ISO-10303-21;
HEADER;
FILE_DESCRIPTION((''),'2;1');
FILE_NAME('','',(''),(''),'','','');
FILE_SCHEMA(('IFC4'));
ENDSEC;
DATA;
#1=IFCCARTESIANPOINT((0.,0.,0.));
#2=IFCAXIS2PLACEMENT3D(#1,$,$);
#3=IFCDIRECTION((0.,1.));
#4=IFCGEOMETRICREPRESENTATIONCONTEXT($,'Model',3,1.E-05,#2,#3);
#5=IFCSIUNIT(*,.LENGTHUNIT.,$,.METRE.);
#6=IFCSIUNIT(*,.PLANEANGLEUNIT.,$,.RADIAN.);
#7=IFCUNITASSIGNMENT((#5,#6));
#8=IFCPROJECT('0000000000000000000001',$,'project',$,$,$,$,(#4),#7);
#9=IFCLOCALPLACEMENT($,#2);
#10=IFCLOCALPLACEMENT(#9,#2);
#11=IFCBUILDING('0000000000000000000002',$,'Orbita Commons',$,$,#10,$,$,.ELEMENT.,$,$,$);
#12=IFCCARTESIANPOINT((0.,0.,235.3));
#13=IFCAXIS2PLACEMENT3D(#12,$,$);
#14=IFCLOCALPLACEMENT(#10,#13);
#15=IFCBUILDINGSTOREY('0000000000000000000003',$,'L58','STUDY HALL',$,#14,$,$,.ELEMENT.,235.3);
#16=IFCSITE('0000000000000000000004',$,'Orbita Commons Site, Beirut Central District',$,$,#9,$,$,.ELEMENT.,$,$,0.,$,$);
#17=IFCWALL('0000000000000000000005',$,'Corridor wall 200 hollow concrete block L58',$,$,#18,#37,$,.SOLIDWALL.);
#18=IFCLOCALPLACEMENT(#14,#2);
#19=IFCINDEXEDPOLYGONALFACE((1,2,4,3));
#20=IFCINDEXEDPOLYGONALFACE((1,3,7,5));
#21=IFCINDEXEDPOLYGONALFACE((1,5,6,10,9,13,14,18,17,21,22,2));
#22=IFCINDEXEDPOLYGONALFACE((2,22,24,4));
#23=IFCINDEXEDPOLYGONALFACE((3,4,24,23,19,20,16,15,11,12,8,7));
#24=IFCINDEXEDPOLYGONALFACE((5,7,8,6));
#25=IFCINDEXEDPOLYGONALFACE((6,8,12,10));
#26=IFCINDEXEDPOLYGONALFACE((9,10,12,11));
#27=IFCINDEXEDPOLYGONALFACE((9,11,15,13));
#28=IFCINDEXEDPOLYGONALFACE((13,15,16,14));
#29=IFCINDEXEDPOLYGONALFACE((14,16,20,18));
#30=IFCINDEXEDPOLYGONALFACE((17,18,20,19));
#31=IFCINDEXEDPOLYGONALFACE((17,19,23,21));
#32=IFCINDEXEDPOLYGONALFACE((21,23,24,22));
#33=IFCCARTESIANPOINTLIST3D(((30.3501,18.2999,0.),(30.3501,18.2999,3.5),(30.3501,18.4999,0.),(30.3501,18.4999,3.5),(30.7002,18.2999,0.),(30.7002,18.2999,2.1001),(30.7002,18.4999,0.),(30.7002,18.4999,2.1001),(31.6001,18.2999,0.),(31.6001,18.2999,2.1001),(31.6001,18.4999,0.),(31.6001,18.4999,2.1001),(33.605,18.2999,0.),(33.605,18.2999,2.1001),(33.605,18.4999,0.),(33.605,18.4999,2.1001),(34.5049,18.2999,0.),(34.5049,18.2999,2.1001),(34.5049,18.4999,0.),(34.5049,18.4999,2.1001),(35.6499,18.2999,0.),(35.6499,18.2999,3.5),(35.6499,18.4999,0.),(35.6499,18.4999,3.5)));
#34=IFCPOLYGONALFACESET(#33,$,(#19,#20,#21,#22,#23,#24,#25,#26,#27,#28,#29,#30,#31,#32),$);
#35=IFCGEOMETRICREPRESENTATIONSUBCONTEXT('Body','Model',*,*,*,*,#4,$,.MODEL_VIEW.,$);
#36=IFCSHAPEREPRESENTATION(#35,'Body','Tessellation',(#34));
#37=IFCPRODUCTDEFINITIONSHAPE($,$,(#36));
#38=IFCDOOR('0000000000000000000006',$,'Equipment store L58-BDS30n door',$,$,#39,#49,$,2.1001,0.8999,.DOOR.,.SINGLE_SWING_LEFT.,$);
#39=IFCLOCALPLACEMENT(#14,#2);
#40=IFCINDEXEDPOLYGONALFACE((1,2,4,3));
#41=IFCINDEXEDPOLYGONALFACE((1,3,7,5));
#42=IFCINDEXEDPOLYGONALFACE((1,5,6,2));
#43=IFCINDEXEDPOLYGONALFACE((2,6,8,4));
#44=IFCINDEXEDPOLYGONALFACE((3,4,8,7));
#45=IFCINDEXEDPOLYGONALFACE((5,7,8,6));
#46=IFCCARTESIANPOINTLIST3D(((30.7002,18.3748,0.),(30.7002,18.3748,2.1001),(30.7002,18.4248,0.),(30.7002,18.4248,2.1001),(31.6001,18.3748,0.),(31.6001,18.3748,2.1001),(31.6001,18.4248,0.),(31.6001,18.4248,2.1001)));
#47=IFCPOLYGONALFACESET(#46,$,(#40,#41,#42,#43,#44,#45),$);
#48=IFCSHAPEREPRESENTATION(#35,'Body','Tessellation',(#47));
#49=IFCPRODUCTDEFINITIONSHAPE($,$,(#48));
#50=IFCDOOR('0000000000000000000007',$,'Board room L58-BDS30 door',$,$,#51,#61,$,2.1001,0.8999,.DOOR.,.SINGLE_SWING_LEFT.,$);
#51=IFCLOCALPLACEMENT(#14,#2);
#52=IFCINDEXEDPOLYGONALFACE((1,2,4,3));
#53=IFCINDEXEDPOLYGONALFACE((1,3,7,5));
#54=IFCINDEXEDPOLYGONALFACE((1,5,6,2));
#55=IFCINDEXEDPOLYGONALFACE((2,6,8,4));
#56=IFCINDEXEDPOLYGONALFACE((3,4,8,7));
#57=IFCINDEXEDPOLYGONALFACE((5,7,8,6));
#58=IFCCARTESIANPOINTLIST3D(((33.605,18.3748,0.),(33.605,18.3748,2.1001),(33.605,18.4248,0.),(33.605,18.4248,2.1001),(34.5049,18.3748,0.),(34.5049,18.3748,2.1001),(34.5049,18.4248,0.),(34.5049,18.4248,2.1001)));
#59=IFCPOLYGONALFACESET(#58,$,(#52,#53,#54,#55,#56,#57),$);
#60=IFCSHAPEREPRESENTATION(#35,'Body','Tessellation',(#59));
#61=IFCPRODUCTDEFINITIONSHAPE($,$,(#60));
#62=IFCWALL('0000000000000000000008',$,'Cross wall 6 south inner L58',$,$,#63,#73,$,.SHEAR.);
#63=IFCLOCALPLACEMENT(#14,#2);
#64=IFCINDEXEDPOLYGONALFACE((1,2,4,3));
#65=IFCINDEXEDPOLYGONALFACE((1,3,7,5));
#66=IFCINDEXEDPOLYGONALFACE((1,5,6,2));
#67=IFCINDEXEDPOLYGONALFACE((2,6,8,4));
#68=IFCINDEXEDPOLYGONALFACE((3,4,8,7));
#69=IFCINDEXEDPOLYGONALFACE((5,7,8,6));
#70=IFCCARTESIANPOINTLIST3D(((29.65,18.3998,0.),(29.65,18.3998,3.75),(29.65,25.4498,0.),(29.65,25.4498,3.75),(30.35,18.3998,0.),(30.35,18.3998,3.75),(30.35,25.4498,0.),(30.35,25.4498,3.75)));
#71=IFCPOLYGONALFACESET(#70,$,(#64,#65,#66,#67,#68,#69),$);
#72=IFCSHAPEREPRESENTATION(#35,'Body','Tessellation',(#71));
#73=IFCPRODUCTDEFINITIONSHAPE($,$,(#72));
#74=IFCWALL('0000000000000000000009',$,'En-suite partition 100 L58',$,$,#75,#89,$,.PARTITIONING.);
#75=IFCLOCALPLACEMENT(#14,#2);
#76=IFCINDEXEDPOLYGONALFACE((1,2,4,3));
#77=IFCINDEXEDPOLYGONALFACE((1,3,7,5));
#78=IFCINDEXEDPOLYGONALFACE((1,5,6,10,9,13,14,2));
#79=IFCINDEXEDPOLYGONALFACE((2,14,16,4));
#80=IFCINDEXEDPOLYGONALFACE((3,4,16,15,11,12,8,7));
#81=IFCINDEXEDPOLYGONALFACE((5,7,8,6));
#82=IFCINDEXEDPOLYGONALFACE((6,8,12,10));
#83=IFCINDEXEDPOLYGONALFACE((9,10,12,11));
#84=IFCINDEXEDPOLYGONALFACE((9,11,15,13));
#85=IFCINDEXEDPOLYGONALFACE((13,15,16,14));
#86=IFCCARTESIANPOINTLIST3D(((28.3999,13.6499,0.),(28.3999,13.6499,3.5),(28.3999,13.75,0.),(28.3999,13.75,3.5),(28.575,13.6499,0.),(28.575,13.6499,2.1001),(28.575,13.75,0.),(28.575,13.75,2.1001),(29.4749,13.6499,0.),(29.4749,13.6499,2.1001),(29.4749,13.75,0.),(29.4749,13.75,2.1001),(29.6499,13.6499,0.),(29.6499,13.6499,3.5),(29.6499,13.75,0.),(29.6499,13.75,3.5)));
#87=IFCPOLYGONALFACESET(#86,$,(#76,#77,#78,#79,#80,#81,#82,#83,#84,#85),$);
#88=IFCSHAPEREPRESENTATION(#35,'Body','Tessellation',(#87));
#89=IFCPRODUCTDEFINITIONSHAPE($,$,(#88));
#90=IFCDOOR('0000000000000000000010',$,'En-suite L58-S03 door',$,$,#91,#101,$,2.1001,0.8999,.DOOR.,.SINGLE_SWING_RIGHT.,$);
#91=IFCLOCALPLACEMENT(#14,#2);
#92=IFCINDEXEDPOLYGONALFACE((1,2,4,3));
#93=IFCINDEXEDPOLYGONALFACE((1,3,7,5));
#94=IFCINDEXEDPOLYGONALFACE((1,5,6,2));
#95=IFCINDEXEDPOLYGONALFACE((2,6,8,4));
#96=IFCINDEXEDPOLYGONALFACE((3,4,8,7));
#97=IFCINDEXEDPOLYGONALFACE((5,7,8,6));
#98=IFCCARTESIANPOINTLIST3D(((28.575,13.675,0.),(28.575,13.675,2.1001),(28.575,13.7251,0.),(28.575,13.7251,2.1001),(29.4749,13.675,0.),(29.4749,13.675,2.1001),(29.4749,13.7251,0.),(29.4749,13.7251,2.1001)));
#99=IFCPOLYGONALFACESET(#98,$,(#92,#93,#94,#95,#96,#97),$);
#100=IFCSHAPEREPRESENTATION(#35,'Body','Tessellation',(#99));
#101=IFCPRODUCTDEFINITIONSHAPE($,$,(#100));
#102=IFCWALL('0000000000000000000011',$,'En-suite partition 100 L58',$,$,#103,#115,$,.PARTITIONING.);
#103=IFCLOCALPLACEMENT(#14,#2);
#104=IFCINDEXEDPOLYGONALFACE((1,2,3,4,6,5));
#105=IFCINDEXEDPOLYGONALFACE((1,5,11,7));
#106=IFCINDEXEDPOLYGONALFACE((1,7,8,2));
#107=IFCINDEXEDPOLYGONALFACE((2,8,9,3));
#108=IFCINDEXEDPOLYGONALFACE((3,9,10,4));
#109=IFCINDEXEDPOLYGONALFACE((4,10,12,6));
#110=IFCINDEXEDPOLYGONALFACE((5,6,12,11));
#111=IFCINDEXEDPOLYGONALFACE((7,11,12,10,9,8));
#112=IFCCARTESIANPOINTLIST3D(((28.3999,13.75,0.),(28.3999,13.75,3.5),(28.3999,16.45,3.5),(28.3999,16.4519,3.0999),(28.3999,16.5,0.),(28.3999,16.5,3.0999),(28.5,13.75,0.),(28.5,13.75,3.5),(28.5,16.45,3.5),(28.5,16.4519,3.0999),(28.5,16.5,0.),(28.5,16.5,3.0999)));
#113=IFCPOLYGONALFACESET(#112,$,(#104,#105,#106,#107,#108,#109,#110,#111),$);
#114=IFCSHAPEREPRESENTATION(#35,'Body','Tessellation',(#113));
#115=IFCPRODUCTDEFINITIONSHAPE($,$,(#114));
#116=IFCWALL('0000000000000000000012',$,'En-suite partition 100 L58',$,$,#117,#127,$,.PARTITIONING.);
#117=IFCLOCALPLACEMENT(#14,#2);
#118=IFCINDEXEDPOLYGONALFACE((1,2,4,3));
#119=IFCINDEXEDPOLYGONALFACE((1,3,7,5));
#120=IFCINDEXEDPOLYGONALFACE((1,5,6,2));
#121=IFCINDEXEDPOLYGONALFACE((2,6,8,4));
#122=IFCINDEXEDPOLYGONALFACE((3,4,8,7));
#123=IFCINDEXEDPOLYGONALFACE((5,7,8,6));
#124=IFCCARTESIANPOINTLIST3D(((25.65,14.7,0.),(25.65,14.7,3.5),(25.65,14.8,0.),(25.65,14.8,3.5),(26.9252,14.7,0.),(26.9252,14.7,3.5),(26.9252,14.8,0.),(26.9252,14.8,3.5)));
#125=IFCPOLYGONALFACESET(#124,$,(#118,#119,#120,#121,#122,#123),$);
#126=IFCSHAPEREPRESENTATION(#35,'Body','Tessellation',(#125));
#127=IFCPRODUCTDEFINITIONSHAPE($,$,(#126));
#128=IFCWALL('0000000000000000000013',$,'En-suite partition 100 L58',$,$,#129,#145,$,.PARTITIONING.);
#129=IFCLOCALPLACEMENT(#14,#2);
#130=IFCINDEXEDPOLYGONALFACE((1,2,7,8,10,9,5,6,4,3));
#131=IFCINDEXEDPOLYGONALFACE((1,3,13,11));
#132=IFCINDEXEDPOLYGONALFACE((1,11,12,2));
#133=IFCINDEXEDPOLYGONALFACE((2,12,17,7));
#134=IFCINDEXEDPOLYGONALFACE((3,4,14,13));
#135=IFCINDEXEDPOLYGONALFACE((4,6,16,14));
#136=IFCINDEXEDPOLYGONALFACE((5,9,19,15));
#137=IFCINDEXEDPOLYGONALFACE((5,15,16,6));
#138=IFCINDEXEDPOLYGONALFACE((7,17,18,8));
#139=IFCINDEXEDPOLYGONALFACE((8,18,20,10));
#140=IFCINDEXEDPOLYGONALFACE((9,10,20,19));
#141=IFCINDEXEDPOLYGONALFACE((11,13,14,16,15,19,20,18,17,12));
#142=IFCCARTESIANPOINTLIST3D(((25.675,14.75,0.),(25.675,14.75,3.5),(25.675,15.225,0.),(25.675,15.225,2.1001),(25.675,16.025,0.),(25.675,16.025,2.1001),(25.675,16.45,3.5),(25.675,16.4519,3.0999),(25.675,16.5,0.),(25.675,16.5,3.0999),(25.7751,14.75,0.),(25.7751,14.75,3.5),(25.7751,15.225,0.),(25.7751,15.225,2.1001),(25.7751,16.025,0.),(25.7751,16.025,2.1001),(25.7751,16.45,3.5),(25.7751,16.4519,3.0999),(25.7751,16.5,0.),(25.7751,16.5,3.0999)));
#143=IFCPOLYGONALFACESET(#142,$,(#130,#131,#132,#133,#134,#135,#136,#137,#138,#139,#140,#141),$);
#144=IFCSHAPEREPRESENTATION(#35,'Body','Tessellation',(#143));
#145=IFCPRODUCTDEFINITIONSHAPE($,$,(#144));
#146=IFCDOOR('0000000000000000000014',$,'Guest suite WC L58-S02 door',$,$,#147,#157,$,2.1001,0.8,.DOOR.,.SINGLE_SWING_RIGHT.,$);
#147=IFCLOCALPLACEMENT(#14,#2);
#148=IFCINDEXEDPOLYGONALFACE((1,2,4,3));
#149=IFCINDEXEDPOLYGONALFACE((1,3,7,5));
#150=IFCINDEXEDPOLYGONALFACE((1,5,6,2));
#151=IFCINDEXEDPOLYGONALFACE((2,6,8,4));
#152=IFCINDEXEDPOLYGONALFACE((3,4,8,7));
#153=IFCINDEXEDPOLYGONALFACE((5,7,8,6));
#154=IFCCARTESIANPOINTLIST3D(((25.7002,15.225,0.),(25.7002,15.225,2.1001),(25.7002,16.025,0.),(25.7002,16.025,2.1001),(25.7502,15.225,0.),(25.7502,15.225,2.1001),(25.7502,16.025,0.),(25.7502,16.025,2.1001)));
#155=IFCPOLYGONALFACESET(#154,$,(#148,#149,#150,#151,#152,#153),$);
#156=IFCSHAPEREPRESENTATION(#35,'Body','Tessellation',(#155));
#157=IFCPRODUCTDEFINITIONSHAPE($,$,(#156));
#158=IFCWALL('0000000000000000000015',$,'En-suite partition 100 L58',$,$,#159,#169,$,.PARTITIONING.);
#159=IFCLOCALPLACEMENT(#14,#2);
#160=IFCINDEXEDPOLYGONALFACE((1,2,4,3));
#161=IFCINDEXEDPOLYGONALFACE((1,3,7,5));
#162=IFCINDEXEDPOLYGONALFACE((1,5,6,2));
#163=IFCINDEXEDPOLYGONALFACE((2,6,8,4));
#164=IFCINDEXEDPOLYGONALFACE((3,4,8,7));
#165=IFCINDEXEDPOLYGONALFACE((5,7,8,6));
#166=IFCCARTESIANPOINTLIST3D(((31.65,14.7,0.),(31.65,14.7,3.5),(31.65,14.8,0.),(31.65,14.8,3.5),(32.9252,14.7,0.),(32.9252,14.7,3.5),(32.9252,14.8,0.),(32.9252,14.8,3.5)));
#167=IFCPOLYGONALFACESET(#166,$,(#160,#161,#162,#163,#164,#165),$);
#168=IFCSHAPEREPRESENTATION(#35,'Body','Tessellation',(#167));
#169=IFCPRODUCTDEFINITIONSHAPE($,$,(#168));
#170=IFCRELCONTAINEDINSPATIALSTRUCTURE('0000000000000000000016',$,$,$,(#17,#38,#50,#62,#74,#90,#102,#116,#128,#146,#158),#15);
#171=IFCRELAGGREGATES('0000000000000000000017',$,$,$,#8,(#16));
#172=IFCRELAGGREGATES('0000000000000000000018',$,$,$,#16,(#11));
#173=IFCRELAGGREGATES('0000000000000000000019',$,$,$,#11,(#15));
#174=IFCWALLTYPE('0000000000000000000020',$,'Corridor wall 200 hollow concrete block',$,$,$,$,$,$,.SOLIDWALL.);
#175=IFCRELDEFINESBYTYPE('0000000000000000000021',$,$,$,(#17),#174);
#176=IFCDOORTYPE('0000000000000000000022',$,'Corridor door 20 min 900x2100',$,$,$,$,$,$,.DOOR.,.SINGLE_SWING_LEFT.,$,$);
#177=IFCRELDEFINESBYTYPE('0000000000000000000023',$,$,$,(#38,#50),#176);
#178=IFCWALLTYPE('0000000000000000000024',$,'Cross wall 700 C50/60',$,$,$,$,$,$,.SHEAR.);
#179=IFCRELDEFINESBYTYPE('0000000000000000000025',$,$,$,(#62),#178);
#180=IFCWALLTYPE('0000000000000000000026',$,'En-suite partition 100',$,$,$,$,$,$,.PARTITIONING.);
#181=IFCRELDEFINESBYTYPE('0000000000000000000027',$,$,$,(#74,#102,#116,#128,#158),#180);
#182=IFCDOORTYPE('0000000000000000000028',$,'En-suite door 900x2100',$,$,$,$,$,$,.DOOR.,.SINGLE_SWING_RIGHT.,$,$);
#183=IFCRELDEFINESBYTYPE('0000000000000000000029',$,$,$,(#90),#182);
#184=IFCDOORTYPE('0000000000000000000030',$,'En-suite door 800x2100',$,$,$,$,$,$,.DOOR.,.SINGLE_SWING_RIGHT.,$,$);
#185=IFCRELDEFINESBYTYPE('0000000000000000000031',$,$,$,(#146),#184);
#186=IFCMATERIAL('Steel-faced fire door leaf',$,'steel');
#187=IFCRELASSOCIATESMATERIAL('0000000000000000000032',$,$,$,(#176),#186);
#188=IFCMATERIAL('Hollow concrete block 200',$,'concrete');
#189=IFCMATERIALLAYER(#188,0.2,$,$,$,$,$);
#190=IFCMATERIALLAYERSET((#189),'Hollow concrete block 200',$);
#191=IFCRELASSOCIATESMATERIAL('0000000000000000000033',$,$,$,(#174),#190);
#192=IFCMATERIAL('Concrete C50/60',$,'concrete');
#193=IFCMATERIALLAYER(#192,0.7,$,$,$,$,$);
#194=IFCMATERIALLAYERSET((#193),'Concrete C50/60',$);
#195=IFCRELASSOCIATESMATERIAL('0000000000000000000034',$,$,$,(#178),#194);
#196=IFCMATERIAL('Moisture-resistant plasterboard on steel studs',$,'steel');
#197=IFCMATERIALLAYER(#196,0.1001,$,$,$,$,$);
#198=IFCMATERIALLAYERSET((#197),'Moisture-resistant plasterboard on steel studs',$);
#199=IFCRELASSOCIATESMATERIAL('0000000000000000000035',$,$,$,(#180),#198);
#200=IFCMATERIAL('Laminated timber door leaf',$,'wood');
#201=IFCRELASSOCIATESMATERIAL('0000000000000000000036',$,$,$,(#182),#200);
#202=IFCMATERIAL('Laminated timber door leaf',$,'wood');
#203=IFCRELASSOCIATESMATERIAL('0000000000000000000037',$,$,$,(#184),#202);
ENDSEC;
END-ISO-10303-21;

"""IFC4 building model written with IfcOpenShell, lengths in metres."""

from ifc_helpers import new_model, si_unit, direction, frame, frame_2d, origin, place, context, subcontext, project, spatial, polyline, rectangle, outline, extrude, material, layer, layer_set, type_object, element, fill, save


model = new_model("IFC4")

# Units and contexts
model_context = context("Model", 3, precision=1e-05, world=origin(), true_north=direction((0.0, 1.0)))
body_context = subcontext(model_context, "Body", "Model", "MODEL_VIEW")
ifc_project = project(units=[si_unit("LENGTHUNIT", "METRE"), si_unit("PLANEANGLEUNIT", "RADIAN")], contexts=[model_context])

# Site, building, storey
site_placement = place(None, origin())
site = spatial("IfcSite", under=ifc_project, at=site_placement, Name="Orbita Commons Site, Beirut Central District", CompositionType="ELEMENT", RefElevation=0.0)
building_placement = place(site_placement, origin())
building = spatial("IfcBuilding", under=site, at=building_placement, Name="Orbita Commons", CompositionType="ELEMENT")
storey_placement = place(building_placement, frame((0.0, 0.0, 235.3)))
storey = spatial("IfcBuildingStorey", under=building, at=storey_placement, Name="L58", Description="STUDY HALL", CompositionType="ELEMENT", Elevation=235.3)

# Shared definitions
ifc_material_1 = material(Name="Steel-faced fire door leaf", Category="steel")
door_type_1 = type_object("IfcDoorType", Name="Corridor door 20 min 900x2100", OperationType="SINGLE_SWING_LEFT", PredefinedType="DOOR", material=ifc_material_1)

# Wall, openings, doors
ifc_material_2 = material(Name="Hollow concrete block 200", Category="concrete")
ifc_layer_1 = layer(ifc_material_2, 0.2)
ifc_layer_set_1 = layer_set([ifc_layer_1], Name="Hollow concrete block 200")
wall_type_1 = type_object("IfcWallType", Name="Corridor wall 200 hollow concrete block", PredefinedType="SOLIDWALL", material=ifc_layer_set_1)
wall_1_placement = place(storey_placement, frame((30.3501, 18.3999, 0.0), z_axis=(0.0, 0.0, 1.0), x_axis=(1.0, 0.0, 0.0)))
wall_1 = element("IfcWall", 1, at=wall_1_placement, inside=storey, type_object=wall_type_1, Name="Corridor wall 200 hollow concrete block L58", PredefinedType="SOLIDWALL", context=body_context, shape_type="SweptSolid", body=[
    extrude(rectangle(XDim=5.2998, YDim=0.2, at=frame_2d((2.6499, 0.0))), origin(), (0.0, 0.0, 1.0), 3.5),
])
opening_1_placement = place(wall_1_placement, frame((0.3501, 0.0, 0.0)))
opening_1 = element("IfcOpeningElement", 2, at=opening_1_placement, cuts=wall_1, PredefinedType="OPENING", context=body_context, shape_type="SweptSolid", body=[
    extrude(rectangle(XDim=0.8999, YDim=2.1001, at=frame_2d((0.45, 1.05))), frame((0.0, 0.1099, 0.0), z_axis=(0.0, -1.0, 0.0), x_axis=(1.0, 0.0, 0.0)), (0.0, 0.0, 1.0), 0.22),
])
opening_2_placement = place(wall_1_placement, frame((3.2549, 0.0, 0.0)))
opening_2 = element("IfcOpeningElement", 3, at=opening_2_placement, cuts=wall_1, PredefinedType="OPENING", context=body_context, shape_type="SweptSolid", body=[
    extrude(rectangle(XDim=0.8999, YDim=2.1001, at=frame_2d((0.45, 1.05))), frame((0.0, 0.1099, 0.0), z_axis=(0.0, -1.0, 0.0), x_axis=(1.0, 0.0, 0.0)), (0.0, 0.0, 1.0), 0.22),
])
door_1_placement = place(opening_1_placement, origin())
door_1 = element("IfcDoor", 4, at=door_1_placement, inside=storey, type_object=door_type_1, Name="Equipment store L58-BDS30n door", OperationType="SINGLE_SWING_LEFT", OverallHeight=2.1001, OverallWidth=0.8999, PredefinedType="DOOR", context=body_context, shape_type="SweptSolid", body=[
    extrude(rectangle(XDim=0.8999, YDim=2.1001, at=frame_2d((0.45, 1.05))), frame((0.0, 0.0249, 0.0), z_axis=(0.0, -1.0, 0.0), x_axis=(1.0, 0.0, 0.0)), (0.0, 0.0, 1.0), 0.05),
])
fill(opening_1, door_1)
door_2_placement = place(opening_2_placement, origin())
door_2 = element("IfcDoor", 5, at=door_2_placement, inside=storey, type_object=door_type_1, Name="Board room L58-BDS30 door", OperationType="SINGLE_SWING_LEFT", OverallHeight=2.1001, OverallWidth=0.8999, PredefinedType="DOOR", context=body_context, shape_type="SweptSolid", body=[
    extrude(rectangle(XDim=0.8999, YDim=2.1001, at=frame_2d((0.45, 1.05))), frame((0.0, 0.0249, 0.0), z_axis=(0.0, -1.0, 0.0), x_axis=(1.0, 0.0, 0.0)), (0.0, 0.0, 1.0), 0.05),
])
fill(opening_2, door_2)

# Wall
ifc_material_3 = material(Name="Concrete C50/60", Category="concrete")
ifc_layer_2 = layer(ifc_material_3, 0.7)
ifc_layer_set_2 = layer_set([ifc_layer_2], Name="Concrete C50/60")
wall_type_2 = type_object("IfcWallType", Name="Cross wall 700 C50/60", PredefinedType="SHEAR", material=ifc_layer_set_2)
wall_2_placement = place(storey_placement, frame((30.0, 18.3999, 0.0), z_axis=(0.0, 0.0, 1.0), x_axis=(0.0, 1.0, 0.0)))
element("IfcWall", 6, at=wall_2_placement, inside=storey, type_object=wall_type_2, Name="Cross wall 6 south inner L58", PredefinedType="SHEAR", context=body_context, shape_type="SweptSolid", body=[
    extrude(rectangle(XDim=7.05, YDim=0.7, at=frame_2d((3.5249, 0.0))), origin(), (0.0, 0.0, 1.0), 3.75),
])

# Wall, opening, door
ifc_material_4 = material(Name="Moisture-resistant plasterboard on steel studs", Category="steel")
ifc_layer_3 = layer(ifc_material_4, 0.1001)
ifc_layer_set_3 = layer_set([ifc_layer_3], Name="Moisture-resistant plasterboard on steel studs")
wall_type_3 = type_object("IfcWallType", Name="En-suite partition 100", PredefinedType="PARTITIONING", material=ifc_layer_set_3)
wall_3_placement = place(storey_placement, frame((29.6499, 13.7, 0.0), z_axis=(0.0, 0.0, 1.0), x_axis=(-1.0, 0.0, 0.0)))
wall_3 = element("IfcWall", 7, at=wall_3_placement, inside=storey, type_object=wall_type_3, Name="En-suite partition 100 L58", PredefinedType="PARTITIONING", context=body_context, shape_type="SweptSolid", body=[
    extrude(rectangle(XDim=1.25, YDim=0.1001, at=frame_2d((0.625, 0.0))), origin(), (0.0, 0.0, 1.0), 3.5),
])
opening_3_placement = place(wall_3_placement, frame((0.175, 0.0, 0.0)))
opening_3 = element("IfcOpeningElement", 8, at=opening_3_placement, cuts=wall_3, PredefinedType="OPENING", context=body_context, shape_type="SweptSolid", body=[
    extrude(rectangle(XDim=0.8999, YDim=2.1001, at=frame_2d((0.45, 1.05))), frame((0.0, 0.0601, 0.0), z_axis=(0.0, -1.0, 0.0), x_axis=(1.0, 0.0, 0.0)), (0.0, 0.0, 1.0), 0.1201),
])
ifc_material_5 = material(Name="Laminated timber door leaf", Category="wood")
door_type_2 = type_object("IfcDoorType", Name="En-suite door 900x2100", OperationType="SINGLE_SWING_RIGHT", PredefinedType="DOOR", material=ifc_material_5)
door_3_placement = place(opening_3_placement, origin())
door_3 = element("IfcDoor", 9, at=door_3_placement, inside=storey, type_object=door_type_2, Name="En-suite L58-S03 door", OperationType="SINGLE_SWING_RIGHT", OverallHeight=2.1001, OverallWidth=0.8999, PredefinedType="DOOR", context=body_context, shape_type="SweptSolid", body=[
    extrude(rectangle(XDim=0.8999, YDim=2.1001, at=frame_2d((0.45, 1.05))), frame((0.0, 0.0249, 0.0), z_axis=(0.0, -1.0, 0.0), x_axis=(1.0, 0.0, 0.0)), (0.0, 0.0, 1.0), 0.05),
])
fill(opening_3, door_3)

# Walls
wall_4_placement = place(storey_placement, frame((28.45, 13.75, 0.0), z_axis=(0.0, 0.0, 1.0), x_axis=(0.0, 1.0, 0.0)))
element("IfcWall", 10, at=wall_4_placement, inside=storey, type_object=wall_type_3, Name="En-suite partition 100 L58", PredefinedType="PARTITIONING", context=body_context, shape_type="SweptSolid", body=[
    extrude(outline(polyline([(0.0, 0.0), (2.75, 0.0), (2.75, 3.0999), (2.7019, 3.0999), (2.7, 3.5), (0.0, 3.5), (0.0, 0.0)])), frame((0.0, 0.05, 0.0), z_axis=(0.0, -1.0, 0.0), x_axis=(1.0, 0.0, 0.0)), (0.0, 0.0, 1.0), 0.1001),
])
wall_5_placement = place(storey_placement, frame((25.6499, 14.75, 0.0), z_axis=(0.0, 0.0, 1.0), x_axis=(1.0, 0.0, 0.0)))
element("IfcWall", 11, at=wall_5_placement, inside=storey, type_object=wall_type_3, Name="En-suite partition 100 L58", PredefinedType="PARTITIONING", context=body_context, shape_type="SweptSolid", body=[
    extrude(rectangle(XDim=1.2751, YDim=0.1001, at=frame_2d((0.6377, 0.0))), origin(), (0.0, 0.0, 1.0), 3.5),
])

# Wall, opening, door
wall_6_placement = place(storey_placement, frame((25.7251, 14.75, 0.0), z_axis=(0.0, 0.0, 1.0), x_axis=(0.0, 1.0, 0.0)))
wall_6 = element("IfcWall", 12, at=wall_6_placement, inside=storey, type_object=wall_type_3, Name="En-suite partition 100 L58", PredefinedType="PARTITIONING", context=body_context, shape_type="SweptSolid", body=[
    extrude(outline(polyline([(0.0, 0.0), (1.75, 0.0), (1.75, 3.0999), (1.7019, 3.0999), (1.7, 3.5), (0.0, 3.5), (0.0, 0.0)])), frame((0.0, 0.05, 0.0), z_axis=(0.0, -1.0, 0.0), x_axis=(1.0, 0.0, 0.0)), (0.0, 0.0, 1.0), 0.1001),
])
opening_4_placement = place(wall_6_placement, frame((0.4751, 0.0, 0.0)))
opening_4 = element("IfcOpeningElement", 13, at=opening_4_placement, cuts=wall_6, PredefinedType="OPENING", context=body_context, shape_type="SweptSolid", body=[
    extrude(rectangle(XDim=0.8, YDim=2.1001, at=frame_2d((0.3999, 1.05))), frame((0.0, 0.0601, 0.0), z_axis=(0.0, -1.0, 0.0), x_axis=(1.0, 0.0, 0.0)), (0.0, 0.0, 1.0), 0.1201),
])
ifc_material_6 = material(Name="Laminated timber door leaf", Category="wood")
door_type_3 = type_object("IfcDoorType", Name="En-suite door 800x2100", OperationType="SINGLE_SWING_RIGHT", PredefinedType="DOOR", material=ifc_material_6)
door_4_placement = place(opening_4_placement, origin())
door_4 = element("IfcDoor", 14, at=door_4_placement, inside=storey, type_object=door_type_3, Name="Guest suite WC L58-S02 door", OperationType="SINGLE_SWING_RIGHT", OverallHeight=2.1001, OverallWidth=0.8, PredefinedType="DOOR", context=body_context, shape_type="SweptSolid", body=[
    extrude(rectangle(XDim=0.8, YDim=2.1001, at=frame_2d((0.3999, 1.05))), frame((0.0, 0.0249, 0.0), z_axis=(0.0, -1.0, 0.0), x_axis=(1.0, 0.0, 0.0)), (0.0, 0.0, 1.0), 0.05),
])
fill(opening_4, door_4)

# Wall
wall_7_placement = place(storey_placement, frame((31.6499, 14.75, 0.0), z_axis=(0.0, 0.0, 1.0), x_axis=(1.0, 0.0, 0.0)))
element("IfcWall", 15, at=wall_7_placement, inside=storey, type_object=wall_type_3, Name="En-suite partition 100 L58", PredefinedType="PARTITIONING", context=body_context, shape_type="SweptSolid", body=[
    extrude(rectangle(XDim=1.2751, YDim=0.1001, at=frame_2d((0.6377, 0.0))), origin(), (0.0, 0.0, 1.0), 3.5),
])

save(model, "model.ifc")
